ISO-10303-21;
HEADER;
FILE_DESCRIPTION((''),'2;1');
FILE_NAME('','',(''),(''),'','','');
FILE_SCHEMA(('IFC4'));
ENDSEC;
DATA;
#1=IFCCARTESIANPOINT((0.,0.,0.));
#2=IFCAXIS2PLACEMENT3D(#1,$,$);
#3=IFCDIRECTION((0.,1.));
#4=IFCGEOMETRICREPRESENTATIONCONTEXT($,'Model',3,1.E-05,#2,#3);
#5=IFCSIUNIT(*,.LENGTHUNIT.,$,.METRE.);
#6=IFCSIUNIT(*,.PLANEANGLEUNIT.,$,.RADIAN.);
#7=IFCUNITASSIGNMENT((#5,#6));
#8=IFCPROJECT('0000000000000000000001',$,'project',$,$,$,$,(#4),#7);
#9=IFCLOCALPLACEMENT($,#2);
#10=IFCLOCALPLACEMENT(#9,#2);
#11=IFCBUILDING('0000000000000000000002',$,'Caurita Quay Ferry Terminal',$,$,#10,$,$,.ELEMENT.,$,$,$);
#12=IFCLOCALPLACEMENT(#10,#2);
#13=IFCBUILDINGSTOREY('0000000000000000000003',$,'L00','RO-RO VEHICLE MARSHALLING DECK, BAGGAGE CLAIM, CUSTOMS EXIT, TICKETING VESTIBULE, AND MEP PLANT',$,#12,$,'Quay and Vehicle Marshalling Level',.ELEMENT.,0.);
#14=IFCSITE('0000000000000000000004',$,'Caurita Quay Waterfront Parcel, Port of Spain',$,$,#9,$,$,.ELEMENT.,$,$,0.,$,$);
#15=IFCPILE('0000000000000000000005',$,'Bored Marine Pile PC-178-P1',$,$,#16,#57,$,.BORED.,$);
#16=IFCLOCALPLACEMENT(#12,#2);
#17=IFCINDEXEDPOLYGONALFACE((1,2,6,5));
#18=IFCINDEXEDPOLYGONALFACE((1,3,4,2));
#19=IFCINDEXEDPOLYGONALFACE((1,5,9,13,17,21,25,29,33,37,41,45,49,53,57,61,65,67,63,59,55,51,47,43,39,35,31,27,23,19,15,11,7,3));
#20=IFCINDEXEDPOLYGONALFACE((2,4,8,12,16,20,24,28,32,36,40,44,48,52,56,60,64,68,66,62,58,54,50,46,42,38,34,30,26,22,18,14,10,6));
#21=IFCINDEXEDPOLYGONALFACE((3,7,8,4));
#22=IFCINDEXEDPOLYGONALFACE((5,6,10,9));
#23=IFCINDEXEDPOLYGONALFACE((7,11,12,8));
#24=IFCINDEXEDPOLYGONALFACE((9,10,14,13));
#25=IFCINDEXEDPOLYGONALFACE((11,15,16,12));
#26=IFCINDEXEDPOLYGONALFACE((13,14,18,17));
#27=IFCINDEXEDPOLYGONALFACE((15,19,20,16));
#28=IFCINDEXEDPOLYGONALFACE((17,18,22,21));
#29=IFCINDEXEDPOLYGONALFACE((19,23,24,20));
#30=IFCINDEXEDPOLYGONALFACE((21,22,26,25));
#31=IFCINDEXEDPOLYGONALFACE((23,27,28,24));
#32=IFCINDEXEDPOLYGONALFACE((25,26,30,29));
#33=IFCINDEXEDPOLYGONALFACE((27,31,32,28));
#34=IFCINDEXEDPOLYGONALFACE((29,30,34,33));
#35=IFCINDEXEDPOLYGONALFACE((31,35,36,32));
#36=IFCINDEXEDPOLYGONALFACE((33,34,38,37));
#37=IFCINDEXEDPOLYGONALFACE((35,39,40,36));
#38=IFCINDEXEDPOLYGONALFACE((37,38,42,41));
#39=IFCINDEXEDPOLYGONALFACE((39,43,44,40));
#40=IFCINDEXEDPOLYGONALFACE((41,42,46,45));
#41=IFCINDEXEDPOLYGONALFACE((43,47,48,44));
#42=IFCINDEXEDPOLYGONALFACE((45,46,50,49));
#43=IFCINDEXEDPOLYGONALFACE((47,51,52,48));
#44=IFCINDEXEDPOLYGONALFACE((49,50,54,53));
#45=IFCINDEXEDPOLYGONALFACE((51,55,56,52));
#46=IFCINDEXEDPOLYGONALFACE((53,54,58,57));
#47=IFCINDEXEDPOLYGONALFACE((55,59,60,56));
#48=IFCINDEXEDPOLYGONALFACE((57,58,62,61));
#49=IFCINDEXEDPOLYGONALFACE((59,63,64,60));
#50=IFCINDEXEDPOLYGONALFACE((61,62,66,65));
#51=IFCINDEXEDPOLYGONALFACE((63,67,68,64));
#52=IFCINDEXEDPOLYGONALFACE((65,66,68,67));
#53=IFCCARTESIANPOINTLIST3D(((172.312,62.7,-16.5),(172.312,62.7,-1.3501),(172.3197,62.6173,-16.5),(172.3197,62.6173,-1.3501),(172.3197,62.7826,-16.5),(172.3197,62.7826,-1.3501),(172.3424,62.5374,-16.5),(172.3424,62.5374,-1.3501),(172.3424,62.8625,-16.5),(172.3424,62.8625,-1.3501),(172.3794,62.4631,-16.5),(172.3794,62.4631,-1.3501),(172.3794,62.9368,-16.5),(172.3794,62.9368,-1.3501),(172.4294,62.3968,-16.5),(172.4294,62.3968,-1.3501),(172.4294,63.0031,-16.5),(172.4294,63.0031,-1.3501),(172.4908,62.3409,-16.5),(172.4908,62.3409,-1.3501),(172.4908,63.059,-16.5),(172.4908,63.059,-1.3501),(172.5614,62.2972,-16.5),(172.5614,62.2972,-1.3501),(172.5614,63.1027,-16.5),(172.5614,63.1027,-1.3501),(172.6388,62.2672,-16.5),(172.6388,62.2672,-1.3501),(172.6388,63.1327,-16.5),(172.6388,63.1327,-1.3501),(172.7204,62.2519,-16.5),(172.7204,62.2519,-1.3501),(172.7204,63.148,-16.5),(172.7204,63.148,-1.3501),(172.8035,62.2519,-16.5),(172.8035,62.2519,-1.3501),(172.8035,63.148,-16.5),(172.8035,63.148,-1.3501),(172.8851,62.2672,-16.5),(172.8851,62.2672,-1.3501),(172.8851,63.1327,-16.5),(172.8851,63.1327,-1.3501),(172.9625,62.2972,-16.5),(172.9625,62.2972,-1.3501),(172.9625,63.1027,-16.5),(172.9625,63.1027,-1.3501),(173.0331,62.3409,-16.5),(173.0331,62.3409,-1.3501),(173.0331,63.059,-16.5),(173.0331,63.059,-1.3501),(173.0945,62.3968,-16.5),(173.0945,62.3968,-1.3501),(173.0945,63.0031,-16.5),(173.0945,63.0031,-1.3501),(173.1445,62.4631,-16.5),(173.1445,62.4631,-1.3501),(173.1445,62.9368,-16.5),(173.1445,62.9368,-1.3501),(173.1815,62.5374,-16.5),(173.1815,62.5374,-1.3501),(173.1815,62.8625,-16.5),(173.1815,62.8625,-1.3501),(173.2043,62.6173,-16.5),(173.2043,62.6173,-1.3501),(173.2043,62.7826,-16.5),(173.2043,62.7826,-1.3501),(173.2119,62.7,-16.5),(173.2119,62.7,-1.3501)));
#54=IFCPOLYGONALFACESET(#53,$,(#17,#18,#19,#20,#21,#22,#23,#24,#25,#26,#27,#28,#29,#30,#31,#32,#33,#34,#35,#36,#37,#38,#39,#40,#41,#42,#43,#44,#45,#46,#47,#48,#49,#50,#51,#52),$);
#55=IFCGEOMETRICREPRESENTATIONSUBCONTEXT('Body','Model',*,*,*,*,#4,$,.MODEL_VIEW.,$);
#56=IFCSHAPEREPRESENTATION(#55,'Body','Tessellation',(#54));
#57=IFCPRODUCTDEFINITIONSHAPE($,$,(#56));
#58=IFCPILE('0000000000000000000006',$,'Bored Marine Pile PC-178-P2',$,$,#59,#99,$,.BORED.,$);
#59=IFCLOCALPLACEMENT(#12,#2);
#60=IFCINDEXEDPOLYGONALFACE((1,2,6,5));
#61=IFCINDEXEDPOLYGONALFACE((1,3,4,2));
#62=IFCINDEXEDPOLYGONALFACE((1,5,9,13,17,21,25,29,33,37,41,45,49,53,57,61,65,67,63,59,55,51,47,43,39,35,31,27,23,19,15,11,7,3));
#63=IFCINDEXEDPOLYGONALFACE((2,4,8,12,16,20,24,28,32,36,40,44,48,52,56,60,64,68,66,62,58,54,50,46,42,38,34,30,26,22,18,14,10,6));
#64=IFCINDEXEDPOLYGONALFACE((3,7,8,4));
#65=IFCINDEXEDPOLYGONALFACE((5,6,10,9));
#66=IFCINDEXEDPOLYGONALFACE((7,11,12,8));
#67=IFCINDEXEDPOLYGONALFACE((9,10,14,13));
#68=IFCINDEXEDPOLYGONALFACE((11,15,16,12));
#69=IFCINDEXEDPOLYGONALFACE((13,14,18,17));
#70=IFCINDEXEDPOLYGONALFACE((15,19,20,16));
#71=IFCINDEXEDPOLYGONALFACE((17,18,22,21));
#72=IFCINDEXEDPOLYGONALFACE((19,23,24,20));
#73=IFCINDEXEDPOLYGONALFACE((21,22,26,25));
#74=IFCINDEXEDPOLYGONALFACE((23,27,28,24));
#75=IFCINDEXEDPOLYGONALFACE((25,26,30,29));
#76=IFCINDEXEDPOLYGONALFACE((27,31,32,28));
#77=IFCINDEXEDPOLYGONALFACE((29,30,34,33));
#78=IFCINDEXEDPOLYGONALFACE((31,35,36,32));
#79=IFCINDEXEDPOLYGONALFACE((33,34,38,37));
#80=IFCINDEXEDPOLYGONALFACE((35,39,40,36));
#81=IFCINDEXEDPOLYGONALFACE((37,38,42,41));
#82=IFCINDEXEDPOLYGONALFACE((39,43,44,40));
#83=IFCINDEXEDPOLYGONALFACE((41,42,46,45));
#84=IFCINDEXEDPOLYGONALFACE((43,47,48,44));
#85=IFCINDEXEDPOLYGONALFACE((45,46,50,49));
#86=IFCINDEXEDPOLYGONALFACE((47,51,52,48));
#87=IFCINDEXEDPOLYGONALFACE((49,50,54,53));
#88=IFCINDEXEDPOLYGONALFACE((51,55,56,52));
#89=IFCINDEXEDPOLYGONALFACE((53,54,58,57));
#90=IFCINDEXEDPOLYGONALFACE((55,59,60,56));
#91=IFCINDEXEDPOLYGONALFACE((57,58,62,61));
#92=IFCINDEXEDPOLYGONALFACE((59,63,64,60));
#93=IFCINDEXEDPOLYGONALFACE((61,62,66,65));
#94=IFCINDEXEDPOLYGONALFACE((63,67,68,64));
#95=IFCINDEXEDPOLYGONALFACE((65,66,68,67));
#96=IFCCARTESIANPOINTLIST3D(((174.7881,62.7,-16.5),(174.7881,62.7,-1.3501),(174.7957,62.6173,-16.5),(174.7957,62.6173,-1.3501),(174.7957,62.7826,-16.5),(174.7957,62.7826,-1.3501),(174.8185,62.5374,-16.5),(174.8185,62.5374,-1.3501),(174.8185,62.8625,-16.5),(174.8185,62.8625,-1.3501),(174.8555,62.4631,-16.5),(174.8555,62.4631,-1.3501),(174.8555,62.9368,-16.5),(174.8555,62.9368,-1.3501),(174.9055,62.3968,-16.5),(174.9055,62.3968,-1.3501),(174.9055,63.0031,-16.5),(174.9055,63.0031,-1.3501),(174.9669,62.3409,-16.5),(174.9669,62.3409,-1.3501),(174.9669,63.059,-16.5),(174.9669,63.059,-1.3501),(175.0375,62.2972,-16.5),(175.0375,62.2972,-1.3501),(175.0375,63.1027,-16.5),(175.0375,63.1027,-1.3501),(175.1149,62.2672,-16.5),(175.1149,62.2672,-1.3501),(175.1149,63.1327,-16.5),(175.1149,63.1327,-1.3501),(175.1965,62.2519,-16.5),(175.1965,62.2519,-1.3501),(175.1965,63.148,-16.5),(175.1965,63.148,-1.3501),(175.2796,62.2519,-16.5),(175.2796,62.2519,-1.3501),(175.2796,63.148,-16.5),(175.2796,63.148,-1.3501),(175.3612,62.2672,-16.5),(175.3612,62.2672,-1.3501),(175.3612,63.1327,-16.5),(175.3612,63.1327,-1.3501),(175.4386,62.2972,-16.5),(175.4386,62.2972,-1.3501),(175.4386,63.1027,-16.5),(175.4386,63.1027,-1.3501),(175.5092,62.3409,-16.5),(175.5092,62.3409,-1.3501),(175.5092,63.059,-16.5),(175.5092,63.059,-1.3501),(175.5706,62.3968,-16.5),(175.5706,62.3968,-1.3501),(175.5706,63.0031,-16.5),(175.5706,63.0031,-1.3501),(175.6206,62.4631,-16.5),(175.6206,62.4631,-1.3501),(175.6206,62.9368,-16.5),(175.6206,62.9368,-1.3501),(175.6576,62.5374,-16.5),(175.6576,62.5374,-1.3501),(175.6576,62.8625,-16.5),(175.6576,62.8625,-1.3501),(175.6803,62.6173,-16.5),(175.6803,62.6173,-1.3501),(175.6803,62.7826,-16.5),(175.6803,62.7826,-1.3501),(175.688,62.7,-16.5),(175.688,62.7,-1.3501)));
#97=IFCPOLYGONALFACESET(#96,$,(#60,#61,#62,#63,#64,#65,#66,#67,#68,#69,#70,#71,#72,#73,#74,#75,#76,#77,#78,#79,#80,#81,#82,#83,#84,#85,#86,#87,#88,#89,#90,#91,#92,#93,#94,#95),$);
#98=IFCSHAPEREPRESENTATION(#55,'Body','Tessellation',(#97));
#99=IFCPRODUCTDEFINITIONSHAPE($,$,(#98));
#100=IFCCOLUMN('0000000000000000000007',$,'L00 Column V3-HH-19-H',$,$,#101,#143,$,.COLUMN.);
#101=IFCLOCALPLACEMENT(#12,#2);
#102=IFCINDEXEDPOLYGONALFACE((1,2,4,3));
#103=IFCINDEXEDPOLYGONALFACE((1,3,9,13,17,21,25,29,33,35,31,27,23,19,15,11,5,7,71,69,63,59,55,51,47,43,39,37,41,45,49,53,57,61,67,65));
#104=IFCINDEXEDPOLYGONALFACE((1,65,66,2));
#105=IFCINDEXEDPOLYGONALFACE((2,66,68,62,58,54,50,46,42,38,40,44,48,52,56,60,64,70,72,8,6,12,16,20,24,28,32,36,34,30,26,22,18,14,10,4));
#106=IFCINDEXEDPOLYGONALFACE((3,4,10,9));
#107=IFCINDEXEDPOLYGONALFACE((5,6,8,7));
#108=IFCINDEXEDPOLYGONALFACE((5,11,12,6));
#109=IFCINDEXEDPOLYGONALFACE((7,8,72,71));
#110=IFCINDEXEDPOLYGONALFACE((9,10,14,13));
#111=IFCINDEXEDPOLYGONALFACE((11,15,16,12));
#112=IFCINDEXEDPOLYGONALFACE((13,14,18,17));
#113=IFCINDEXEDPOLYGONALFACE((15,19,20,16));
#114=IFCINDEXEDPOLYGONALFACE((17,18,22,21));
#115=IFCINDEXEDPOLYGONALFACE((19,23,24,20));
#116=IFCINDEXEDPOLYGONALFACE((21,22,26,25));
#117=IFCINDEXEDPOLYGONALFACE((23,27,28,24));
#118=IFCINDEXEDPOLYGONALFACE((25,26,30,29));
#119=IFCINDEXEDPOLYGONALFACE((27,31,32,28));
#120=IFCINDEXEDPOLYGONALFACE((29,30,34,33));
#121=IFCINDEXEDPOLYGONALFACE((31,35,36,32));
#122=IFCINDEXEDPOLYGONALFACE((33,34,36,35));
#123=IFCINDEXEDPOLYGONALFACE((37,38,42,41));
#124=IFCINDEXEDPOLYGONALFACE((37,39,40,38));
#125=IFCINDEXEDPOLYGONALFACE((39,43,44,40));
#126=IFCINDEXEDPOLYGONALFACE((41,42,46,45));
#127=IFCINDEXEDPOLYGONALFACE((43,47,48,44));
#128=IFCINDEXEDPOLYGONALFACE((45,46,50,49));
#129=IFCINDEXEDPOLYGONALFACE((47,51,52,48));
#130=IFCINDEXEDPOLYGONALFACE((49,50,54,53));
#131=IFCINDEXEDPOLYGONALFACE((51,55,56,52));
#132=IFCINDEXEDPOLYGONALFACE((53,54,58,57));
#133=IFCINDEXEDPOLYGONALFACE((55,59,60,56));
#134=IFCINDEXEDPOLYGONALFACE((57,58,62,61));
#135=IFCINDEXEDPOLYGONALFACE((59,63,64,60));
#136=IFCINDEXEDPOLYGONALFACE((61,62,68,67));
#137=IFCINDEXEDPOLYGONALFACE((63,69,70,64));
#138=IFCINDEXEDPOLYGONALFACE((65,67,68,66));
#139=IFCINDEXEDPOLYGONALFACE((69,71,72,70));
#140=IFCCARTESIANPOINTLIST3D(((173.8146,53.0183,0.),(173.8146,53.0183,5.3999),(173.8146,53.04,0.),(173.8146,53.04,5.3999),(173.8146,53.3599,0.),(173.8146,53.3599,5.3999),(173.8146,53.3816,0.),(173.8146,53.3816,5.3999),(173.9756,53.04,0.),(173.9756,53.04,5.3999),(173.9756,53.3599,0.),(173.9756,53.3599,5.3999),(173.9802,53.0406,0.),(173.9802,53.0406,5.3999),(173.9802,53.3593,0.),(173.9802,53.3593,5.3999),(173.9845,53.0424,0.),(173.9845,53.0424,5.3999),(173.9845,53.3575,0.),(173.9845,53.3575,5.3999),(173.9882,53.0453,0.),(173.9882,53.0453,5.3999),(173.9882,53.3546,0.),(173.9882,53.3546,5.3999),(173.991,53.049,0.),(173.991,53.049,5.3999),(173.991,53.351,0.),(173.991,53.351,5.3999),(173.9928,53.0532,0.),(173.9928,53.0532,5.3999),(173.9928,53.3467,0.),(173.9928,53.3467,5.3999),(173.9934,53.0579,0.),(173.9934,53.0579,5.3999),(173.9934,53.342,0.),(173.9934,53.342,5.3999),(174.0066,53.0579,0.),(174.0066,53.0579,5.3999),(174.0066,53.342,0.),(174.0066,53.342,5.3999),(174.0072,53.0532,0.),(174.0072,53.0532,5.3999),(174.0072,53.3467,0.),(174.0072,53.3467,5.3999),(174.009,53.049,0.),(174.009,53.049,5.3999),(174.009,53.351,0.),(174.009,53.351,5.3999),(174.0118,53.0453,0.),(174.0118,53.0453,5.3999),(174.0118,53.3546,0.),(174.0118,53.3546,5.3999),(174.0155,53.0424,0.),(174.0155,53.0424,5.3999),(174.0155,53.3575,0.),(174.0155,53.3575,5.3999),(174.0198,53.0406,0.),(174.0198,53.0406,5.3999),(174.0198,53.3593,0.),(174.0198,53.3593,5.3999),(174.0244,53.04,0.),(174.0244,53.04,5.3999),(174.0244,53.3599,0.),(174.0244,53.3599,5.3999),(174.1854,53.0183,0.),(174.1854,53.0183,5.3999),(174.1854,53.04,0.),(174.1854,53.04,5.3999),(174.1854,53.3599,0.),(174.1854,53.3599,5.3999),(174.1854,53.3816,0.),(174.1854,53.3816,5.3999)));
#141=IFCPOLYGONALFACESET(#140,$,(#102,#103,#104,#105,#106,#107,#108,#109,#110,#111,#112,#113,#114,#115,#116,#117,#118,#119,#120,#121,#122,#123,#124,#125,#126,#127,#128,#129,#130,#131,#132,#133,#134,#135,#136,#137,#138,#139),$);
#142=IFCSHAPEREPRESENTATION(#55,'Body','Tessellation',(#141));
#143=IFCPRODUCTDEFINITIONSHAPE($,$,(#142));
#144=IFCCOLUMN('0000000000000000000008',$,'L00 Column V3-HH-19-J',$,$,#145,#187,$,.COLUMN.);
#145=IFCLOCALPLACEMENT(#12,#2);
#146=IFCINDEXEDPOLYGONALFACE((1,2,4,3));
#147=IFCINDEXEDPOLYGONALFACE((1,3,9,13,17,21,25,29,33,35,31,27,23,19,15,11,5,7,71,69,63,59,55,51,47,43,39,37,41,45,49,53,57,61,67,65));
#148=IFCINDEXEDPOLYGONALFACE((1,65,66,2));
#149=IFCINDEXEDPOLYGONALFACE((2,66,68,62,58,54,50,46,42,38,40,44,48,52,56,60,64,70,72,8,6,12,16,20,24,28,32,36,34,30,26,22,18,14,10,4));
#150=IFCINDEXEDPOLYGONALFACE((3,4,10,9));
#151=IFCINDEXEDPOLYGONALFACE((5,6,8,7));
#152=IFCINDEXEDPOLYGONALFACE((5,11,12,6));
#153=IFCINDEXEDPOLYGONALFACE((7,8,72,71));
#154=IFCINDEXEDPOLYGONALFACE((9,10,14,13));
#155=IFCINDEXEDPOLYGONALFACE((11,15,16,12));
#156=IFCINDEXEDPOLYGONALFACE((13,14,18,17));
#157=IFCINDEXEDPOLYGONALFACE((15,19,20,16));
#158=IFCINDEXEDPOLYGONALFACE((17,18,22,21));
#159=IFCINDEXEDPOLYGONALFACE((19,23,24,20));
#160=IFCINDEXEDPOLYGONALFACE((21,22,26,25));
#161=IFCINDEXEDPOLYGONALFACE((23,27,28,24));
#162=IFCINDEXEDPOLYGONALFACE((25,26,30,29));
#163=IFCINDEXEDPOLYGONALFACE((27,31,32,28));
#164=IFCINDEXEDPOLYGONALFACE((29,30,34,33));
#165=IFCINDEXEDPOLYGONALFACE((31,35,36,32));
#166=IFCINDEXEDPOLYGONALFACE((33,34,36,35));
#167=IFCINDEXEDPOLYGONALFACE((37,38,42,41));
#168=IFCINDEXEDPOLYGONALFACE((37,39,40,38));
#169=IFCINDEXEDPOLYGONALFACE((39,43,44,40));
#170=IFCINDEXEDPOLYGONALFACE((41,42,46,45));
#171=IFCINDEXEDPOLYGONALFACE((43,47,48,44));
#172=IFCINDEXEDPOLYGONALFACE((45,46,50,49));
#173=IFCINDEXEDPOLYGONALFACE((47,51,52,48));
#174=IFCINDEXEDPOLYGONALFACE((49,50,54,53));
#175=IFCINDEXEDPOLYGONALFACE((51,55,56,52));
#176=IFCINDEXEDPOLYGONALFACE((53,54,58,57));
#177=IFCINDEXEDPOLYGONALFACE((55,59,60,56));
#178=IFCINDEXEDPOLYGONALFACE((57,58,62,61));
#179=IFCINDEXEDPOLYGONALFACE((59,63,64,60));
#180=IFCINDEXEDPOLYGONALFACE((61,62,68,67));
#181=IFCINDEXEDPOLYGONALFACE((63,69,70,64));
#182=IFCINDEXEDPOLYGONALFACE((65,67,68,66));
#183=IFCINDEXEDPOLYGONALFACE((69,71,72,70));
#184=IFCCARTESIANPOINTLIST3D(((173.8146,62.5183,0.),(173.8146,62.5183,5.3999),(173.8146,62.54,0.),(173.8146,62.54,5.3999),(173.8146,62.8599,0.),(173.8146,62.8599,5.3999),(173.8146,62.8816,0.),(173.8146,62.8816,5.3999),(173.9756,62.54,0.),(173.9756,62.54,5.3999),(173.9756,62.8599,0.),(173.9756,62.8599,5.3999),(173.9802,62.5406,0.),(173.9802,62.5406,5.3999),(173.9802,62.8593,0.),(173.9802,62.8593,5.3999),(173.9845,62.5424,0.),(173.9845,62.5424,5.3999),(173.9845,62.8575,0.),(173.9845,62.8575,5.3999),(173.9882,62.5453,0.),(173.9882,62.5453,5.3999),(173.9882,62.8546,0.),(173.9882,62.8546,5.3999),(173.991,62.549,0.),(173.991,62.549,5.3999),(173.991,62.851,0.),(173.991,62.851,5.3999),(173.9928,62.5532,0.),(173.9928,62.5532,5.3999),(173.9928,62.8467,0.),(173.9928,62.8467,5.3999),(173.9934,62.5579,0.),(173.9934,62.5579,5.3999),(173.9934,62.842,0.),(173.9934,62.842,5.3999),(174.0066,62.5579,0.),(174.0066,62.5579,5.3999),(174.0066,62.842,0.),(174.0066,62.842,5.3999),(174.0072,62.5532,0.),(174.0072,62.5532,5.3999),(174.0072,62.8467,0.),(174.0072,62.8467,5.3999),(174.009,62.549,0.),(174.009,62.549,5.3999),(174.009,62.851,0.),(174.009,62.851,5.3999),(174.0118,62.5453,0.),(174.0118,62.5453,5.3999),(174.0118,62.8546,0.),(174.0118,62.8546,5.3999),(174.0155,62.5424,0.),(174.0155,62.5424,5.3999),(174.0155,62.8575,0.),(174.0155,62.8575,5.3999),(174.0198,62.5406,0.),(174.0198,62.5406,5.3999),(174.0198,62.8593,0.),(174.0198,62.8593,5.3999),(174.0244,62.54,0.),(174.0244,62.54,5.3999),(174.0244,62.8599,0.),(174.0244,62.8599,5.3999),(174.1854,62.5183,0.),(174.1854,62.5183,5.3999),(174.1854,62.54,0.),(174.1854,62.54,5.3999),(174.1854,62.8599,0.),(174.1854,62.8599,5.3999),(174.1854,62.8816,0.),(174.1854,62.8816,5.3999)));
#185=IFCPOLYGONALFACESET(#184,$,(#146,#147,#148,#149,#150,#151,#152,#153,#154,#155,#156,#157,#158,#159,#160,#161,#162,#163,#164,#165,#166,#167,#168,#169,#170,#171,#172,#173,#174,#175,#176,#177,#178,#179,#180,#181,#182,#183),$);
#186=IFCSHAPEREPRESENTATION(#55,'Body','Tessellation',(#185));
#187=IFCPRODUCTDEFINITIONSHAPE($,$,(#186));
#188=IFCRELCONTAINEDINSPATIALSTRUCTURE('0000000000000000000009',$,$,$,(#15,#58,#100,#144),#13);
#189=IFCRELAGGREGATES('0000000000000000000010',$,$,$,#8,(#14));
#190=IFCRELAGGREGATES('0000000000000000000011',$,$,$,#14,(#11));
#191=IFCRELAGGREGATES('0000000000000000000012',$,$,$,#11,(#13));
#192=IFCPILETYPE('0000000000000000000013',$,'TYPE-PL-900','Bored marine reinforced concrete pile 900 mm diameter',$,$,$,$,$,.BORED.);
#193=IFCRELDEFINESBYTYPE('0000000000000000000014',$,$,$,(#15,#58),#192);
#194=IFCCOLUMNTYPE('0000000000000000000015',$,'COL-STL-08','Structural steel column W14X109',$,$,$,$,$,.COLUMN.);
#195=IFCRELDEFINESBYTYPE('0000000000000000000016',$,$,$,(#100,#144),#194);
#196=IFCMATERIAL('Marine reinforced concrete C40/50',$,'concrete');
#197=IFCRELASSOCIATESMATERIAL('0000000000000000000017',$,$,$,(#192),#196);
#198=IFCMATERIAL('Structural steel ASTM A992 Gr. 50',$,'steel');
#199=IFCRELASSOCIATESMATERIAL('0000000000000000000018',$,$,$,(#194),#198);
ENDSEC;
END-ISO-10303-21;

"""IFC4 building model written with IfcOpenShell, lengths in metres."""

from ifc_helpers import new_model, si_unit, direction, frame, origin, origin_2d, place, context, subcontext, project, spatial, circle, i_section, extrude, material, material_profile, profile_set, type_object, element, save


model = new_model("IFC4")

# Units and contexts
model_context = context("Model", 3, precision=1e-05, world=origin(), true_north=direction((0.0, 1.0)))
body_context = subcontext(model_context, "Body", "Model", "MODEL_VIEW")
ifc_project = project(units=[si_unit("LENGTHUNIT", "METRE"), si_unit("PLANEANGLEUNIT", "RADIAN")], contexts=[model_context])

# Site, building, storey
site_placement = place(None, origin())
site = spatial("IfcSite", under=ifc_project, at=site_placement, Name="Caurita Quay Waterfront Parcel, Port of Spain", CompositionType="ELEMENT", RefElevation=0.0)
building_placement = place(site_placement, origin())
building = spatial("IfcBuilding", under=site, at=building_placement, Name="Caurita Quay Ferry Terminal", CompositionType="ELEMENT")
storey_placement = place(building_placement, origin())
storey = spatial("IfcBuildingStorey", under=building, at=storey_placement, Name="L00", Description="RO-RO VEHICLE MARSHALLING DECK, BAGGAGE CLAIM, CUSTOMS EXIT, TICKETING VESTIBULE, AND MEP PLANT", LongName="Quay and Vehicle Marshalling Level", CompositionType="ELEMENT", Elevation=0.0)

# Piles
ifc_material_1 = material(Name="Marine reinforced concrete C40/50", Category="concrete")
ifc_material_profile_1 = material_profile(ifc_material_1, circle(Radius=0.45, at=origin_2d()), Name="PILE-D900")
ifc_profile_set_1 = profile_set([ifc_material_profile_1], Name="Marine reinforced concrete C40/50")
pile_type = type_object("IfcPileType", Name="TYPE-PL-900", Description="Bored marine reinforced concrete pile 900 mm diameter", PredefinedType="BORED", material=ifc_profile_set_1)
for number, where, z_axis, x_axis, name in (
    (1, (172.762, 62.7, -1.3501), (0.0, 0.0, -1.0), (1.0, 0.0, 0.0), "Bored Marine Pile PC-178-P1"),
    (2, (175.238, 62.7, -1.3501), (0.0, 0.0, -1.0), (1.0, 0.0, 0.0), "Bored Marine Pile PC-178-P2"),
):
    element("IfcPile", number, at=place(storey_placement, frame(where, z_axis=z_axis, x_axis=x_axis)), inside=storey, type_object=pile_type, Name=name, PredefinedType="BORED", context=body_context, shape_type="SweptSolid", body=[
        extrude(circle(Radius=0.45, at=origin_2d()), origin(), (0.0, 0.0, 1.0), 15.1499),
    ])

# Columns
ifc_material_2 = material(Name="Structural steel ASTM A992 Gr. 50", Category="steel")
ifc_material_profile_2 = material_profile(ifc_material_2, i_section(OverallWidth=0.3708, OverallDepth=0.3633, WebThickness=0.0132, FlangeThickness=0.0217, FilletRadius=0.0178, at=origin_2d()), Name="W14X109")
ifc_profile_set_2 = profile_set([ifc_material_profile_2], Name="Structural steel ASTM A992 Gr. 50")
column_type = type_object("IfcColumnType", Name="COL-STL-08", Description="Structural steel column W14X109", PredefinedType="COLUMN", material=ifc_profile_set_2)
for number, where, z_axis, x_axis, name in (
    (3, (174.0, 53.2, 0.0), (0.0, 0.0, 1.0), (1.0, 0.0, 0.0), "L00 Column V3-HH-19-H"),
    (4, (174.0, 62.7, 0.0), (0.0, 0.0, 1.0), (1.0, 0.0, 0.0), "L00 Column V3-HH-19-J"),
):
    element("IfcColumn", number, at=place(storey_placement, frame(where, z_axis=z_axis, x_axis=x_axis)), inside=storey, type_object=column_type, Name=name, PredefinedType="COLUMN", context=body_context, shape_type="SweptSolid", body=[
        extrude(i_section(OverallWidth=0.3708, OverallDepth=0.3633, WebThickness=0.0132, FlangeThickness=0.0217, FilletRadius=0.0178, at=origin_2d()), origin(), (0.0, 0.0, 1.0), 5.3999),
    ])

save(model, "model.ifc")
